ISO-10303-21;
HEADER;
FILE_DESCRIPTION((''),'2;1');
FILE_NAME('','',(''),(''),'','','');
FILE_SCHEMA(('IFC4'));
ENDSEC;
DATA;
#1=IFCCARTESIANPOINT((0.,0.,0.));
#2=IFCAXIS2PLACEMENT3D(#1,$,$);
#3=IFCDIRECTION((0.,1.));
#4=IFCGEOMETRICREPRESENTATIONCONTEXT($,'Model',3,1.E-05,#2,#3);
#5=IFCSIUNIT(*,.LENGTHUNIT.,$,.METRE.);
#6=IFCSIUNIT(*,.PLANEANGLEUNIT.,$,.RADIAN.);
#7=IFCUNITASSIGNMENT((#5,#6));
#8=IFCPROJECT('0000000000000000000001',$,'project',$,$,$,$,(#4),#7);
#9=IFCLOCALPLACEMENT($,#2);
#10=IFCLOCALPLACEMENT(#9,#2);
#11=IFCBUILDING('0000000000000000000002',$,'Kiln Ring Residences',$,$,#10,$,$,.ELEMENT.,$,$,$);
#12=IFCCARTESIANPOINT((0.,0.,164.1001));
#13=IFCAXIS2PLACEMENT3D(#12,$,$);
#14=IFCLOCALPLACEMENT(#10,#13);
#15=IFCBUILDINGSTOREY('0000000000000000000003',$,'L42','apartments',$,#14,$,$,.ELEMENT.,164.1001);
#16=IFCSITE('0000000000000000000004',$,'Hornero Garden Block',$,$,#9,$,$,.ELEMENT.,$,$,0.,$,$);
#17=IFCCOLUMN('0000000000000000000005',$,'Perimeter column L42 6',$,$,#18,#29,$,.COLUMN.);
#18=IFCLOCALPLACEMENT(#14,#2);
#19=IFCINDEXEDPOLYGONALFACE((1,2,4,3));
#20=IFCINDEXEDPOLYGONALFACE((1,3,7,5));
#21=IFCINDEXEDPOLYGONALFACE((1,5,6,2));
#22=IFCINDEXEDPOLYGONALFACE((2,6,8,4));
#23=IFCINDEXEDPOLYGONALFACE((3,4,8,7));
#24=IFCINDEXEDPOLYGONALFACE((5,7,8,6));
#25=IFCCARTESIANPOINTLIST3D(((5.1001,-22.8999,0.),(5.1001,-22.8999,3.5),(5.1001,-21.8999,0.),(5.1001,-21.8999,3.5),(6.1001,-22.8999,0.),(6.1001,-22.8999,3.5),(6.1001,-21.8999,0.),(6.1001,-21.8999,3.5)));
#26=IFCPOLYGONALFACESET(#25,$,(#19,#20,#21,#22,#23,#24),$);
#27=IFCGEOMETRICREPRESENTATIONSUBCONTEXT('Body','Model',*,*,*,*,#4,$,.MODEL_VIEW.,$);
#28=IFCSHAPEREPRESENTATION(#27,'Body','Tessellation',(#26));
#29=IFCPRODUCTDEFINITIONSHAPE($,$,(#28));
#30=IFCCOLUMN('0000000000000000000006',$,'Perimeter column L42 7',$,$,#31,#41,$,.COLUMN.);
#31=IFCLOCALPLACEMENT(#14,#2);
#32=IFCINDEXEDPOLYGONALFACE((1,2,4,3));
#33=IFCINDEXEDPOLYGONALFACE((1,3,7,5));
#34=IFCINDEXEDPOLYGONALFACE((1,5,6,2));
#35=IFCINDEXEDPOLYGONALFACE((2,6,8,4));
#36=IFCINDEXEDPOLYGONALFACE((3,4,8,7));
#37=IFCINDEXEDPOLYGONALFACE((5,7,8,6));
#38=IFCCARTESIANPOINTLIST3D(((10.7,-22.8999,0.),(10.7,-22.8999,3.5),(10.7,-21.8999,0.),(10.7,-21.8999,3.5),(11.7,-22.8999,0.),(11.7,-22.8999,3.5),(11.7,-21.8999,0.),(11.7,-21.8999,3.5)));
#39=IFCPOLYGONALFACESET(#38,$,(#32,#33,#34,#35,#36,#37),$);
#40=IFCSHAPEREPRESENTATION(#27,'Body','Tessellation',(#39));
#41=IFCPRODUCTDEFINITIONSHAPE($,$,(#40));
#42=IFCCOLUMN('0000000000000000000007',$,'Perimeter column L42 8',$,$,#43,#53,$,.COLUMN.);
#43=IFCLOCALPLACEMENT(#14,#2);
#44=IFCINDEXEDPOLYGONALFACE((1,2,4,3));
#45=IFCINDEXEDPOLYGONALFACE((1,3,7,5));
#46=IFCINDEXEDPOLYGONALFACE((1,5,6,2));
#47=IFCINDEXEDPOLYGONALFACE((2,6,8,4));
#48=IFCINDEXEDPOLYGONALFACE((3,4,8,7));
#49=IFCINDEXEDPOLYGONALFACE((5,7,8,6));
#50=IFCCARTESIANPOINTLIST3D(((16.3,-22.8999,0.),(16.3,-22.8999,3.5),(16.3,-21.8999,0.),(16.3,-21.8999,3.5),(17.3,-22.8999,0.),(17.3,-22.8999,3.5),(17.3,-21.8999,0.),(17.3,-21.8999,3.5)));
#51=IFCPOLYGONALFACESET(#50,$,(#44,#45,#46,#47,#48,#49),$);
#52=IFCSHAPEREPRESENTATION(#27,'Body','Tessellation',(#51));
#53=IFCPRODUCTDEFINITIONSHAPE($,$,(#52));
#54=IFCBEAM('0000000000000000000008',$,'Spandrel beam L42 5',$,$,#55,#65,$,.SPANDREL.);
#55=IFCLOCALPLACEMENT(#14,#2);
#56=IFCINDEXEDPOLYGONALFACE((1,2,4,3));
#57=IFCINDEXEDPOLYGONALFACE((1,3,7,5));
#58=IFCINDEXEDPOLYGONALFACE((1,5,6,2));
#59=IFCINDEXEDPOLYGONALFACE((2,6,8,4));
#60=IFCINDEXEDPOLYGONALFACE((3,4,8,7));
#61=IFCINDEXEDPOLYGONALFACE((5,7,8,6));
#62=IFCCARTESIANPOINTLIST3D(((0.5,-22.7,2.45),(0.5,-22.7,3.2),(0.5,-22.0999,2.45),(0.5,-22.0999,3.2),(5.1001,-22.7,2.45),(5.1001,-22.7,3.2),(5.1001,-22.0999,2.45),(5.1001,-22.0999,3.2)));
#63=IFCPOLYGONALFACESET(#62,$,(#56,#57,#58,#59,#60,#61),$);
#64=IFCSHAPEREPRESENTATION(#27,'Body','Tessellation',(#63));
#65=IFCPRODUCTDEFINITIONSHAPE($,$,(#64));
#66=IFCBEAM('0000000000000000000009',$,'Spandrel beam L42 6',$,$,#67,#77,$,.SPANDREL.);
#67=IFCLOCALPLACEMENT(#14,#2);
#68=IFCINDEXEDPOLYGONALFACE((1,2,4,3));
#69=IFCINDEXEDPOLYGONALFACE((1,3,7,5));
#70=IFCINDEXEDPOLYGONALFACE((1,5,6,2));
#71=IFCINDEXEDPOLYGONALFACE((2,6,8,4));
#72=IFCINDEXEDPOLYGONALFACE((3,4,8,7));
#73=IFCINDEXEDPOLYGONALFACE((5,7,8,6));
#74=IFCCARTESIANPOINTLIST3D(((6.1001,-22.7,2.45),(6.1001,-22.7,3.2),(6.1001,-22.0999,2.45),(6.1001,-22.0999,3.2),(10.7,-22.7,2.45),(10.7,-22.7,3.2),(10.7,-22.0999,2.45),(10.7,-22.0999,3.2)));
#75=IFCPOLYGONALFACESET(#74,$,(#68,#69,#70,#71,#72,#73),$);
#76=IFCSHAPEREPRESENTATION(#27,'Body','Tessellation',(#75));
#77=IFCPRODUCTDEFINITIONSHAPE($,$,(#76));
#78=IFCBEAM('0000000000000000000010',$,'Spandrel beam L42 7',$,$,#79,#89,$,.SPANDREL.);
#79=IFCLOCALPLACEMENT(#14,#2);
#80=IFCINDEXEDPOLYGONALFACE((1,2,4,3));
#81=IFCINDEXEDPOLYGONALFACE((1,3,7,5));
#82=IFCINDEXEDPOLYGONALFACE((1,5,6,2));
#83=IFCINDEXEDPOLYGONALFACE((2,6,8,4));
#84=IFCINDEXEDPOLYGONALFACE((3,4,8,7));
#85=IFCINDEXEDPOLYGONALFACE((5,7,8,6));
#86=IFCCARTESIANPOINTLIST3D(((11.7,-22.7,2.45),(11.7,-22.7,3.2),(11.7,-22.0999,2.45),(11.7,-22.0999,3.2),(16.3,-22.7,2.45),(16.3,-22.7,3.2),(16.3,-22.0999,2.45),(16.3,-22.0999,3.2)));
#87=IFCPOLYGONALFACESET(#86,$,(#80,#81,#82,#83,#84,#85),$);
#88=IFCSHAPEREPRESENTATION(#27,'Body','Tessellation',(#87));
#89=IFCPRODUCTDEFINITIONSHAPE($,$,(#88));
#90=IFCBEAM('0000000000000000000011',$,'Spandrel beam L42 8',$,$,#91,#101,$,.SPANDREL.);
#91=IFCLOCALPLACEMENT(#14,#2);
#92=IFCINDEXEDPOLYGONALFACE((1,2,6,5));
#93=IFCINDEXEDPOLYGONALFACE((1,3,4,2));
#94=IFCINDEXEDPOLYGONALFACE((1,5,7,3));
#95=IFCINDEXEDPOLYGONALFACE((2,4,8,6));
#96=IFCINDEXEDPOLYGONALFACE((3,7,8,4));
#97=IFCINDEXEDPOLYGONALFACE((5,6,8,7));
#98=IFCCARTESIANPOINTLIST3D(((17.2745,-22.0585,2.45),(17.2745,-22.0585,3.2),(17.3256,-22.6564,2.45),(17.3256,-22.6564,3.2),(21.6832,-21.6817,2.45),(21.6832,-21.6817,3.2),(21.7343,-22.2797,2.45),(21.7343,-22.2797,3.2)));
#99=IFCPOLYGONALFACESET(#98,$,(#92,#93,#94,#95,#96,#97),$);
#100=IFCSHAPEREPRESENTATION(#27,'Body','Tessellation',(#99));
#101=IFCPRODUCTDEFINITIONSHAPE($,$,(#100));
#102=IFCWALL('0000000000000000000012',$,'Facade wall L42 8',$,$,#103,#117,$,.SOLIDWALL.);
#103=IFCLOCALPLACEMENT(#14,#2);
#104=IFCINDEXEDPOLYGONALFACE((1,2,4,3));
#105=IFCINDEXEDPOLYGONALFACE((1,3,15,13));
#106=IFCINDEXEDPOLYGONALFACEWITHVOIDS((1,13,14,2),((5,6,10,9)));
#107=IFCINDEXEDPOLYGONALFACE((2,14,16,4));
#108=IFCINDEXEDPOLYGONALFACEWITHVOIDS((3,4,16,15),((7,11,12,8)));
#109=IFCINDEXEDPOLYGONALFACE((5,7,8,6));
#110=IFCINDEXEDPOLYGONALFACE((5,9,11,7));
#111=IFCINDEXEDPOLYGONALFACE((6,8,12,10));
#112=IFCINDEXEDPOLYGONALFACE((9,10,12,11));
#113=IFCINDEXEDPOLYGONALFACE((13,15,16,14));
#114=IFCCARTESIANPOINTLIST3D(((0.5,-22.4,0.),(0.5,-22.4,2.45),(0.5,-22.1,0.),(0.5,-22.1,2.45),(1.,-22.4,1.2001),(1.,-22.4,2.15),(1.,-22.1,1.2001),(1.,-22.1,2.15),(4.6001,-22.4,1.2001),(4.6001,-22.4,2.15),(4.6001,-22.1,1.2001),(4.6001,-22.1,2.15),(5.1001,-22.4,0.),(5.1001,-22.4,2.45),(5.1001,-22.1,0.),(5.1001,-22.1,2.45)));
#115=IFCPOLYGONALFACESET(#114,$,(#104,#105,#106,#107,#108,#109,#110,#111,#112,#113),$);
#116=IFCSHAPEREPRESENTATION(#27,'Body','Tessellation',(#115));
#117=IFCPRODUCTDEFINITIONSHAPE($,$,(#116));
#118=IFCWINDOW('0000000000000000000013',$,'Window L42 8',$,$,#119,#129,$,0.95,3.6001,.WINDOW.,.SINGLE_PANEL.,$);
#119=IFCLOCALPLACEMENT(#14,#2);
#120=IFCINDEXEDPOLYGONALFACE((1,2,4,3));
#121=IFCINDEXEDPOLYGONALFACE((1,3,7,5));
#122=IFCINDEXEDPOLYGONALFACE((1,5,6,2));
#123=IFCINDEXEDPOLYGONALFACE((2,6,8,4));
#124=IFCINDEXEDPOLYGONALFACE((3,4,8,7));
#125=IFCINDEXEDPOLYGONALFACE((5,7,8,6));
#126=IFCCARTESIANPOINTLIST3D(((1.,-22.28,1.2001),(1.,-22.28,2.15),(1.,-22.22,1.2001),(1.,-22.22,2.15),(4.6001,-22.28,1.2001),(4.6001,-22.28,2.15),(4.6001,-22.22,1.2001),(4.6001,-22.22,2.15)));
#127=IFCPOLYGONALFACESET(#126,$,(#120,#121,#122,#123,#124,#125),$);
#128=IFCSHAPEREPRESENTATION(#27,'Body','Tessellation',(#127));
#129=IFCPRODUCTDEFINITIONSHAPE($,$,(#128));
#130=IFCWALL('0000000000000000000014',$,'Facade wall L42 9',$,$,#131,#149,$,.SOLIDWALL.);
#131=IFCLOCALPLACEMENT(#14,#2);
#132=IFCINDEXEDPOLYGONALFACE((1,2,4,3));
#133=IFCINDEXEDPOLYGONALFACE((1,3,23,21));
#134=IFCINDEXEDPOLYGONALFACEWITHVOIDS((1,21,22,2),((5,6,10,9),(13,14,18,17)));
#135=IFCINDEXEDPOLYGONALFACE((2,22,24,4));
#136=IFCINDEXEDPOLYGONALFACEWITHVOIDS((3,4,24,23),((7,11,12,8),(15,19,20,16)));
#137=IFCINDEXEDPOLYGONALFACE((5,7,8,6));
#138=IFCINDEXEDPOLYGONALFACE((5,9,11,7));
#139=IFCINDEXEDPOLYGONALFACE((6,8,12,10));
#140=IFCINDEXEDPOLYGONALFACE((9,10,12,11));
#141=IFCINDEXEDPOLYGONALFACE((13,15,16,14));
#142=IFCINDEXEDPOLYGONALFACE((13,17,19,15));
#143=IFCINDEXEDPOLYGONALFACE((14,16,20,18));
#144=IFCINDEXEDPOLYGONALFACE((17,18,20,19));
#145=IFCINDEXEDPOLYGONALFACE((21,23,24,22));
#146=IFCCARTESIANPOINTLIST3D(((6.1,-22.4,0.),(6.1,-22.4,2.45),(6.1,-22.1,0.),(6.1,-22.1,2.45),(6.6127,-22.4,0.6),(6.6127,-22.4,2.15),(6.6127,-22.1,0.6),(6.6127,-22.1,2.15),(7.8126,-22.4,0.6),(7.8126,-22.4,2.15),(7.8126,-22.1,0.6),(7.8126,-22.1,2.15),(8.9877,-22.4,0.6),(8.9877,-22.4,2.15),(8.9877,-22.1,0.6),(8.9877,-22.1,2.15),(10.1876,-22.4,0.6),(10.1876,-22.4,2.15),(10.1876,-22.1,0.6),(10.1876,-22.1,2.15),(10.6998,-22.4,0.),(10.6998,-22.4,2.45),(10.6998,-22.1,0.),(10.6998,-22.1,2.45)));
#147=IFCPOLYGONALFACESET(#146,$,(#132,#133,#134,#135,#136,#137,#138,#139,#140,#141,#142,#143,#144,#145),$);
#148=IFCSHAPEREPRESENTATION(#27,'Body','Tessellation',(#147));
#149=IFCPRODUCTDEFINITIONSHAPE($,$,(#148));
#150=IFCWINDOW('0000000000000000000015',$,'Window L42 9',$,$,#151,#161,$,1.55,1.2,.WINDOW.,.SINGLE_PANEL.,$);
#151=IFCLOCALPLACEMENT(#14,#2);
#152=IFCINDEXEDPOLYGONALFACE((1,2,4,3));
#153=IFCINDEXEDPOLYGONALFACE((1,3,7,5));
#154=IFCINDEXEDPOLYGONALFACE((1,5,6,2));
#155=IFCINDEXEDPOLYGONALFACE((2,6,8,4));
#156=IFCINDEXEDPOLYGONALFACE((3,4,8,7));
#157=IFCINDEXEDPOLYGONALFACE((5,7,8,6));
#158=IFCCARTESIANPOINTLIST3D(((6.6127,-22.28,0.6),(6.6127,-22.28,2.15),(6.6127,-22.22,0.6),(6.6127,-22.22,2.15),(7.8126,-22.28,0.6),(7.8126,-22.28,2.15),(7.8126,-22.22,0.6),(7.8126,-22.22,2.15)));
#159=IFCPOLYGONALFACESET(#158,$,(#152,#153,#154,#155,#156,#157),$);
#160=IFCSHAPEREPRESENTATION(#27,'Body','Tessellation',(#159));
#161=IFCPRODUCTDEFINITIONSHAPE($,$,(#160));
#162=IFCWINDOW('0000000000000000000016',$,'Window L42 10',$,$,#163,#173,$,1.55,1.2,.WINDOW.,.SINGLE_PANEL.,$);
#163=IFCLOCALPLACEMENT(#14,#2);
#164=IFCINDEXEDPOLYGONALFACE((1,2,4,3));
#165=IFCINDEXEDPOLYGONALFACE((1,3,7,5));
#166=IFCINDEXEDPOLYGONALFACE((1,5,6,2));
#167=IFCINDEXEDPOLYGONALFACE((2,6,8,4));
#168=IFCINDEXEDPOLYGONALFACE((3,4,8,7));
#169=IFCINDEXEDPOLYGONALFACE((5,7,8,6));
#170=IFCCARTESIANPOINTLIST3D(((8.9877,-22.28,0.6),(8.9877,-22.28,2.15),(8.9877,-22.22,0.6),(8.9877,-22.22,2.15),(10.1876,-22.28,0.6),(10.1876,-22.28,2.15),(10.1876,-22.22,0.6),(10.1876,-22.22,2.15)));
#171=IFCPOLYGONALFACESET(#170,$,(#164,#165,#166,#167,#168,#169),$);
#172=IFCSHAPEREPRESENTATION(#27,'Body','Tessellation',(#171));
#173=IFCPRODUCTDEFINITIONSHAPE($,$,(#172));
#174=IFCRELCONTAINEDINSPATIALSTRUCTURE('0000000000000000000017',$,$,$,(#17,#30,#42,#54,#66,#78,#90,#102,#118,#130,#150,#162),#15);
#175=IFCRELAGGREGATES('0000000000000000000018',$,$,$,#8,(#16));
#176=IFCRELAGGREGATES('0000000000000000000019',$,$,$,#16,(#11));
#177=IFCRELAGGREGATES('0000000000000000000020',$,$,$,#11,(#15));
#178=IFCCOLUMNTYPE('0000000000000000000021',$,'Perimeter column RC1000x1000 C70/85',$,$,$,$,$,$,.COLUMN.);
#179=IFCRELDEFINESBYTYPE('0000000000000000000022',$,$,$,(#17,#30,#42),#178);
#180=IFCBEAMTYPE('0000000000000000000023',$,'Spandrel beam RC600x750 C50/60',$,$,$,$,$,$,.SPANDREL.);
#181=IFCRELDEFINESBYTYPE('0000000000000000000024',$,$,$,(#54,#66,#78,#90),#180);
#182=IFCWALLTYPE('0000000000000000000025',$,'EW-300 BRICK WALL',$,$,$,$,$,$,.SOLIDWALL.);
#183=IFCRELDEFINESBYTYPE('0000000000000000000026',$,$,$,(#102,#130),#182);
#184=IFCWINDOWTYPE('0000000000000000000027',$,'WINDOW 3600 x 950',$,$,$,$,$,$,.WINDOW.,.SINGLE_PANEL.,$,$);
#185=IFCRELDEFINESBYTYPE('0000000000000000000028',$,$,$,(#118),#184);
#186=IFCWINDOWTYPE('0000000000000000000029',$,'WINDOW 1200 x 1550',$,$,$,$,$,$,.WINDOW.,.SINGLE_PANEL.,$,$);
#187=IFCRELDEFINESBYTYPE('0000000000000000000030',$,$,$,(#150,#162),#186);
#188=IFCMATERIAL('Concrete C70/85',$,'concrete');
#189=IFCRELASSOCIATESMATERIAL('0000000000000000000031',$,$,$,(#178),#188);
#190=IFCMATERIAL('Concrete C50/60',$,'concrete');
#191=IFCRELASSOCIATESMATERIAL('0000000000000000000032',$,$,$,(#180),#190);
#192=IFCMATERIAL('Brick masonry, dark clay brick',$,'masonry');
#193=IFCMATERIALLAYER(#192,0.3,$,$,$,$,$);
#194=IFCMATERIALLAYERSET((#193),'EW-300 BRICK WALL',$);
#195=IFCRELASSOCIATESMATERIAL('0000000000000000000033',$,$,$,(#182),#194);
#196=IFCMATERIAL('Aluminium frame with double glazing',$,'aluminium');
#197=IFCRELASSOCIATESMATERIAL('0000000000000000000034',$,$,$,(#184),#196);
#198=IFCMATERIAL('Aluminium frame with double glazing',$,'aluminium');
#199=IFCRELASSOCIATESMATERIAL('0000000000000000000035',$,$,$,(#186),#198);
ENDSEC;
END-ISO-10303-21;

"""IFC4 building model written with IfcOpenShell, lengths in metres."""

from ifc_helpers import new_model, si_unit, direction, frame, frame_2d, origin, origin_2d, place, context, subcontext, project, spatial, rectangle, extrude, material, layer, layer_set, material_profile, profile_set, type_object, element, fill, save


model = new_model("IFC4")

# Units and contexts
model_context = context("Model", 3, precision=1e-05, world=origin(), true_north=direction((0.0, 1.0)))
body_context = subcontext(model_context, "Body", "Model", "MODEL_VIEW")
ifc_project = project(units=[si_unit("LENGTHUNIT", "METRE"), si_unit("PLANEANGLEUNIT", "RADIAN")], contexts=[model_context])

# Site, building, storey
site_placement = place(None, origin())
site = spatial("IfcSite", under=ifc_project, at=site_placement, Name="Hornero Garden Block", CompositionType="ELEMENT", RefElevation=0.0)
building_placement = place(site_placement, origin())
building = spatial("IfcBuilding", under=site, at=building_placement, Name="Kiln Ring Residences", CompositionType="ELEMENT")
storey_placement = place(building_placement, frame((0.0, 0.0, 164.1001)))
storey = spatial("IfcBuildingStorey", under=building, at=storey_placement, Name="L42", Description="apartments", CompositionType="ELEMENT", Elevation=164.1001)

# Columns
ifc_material_1 = material(Name="Concrete C70/85", Category="concrete")
ifc_material_profile_1 = material_profile(ifc_material_1, rectangle(XDim=1.0, YDim=1.0, at=origin_2d()), Name="RC1000x1000")
ifc_profile_set_1 = profile_set([ifc_material_profile_1], Name="Concrete C70/85")
column_type = type_object("IfcColumnType", Name="Perimeter column RC1000x1000 C70/85", PredefinedType="COLUMN", material=ifc_profile_set_1)
for number, where, z_axis, x_axis, name in (
    (1, (5.6001, -22.3999, 0.0), (0.0, 0.0, 1.0), (1.0, 0.0, 0.0), "Perimeter column L42 6"),
    (2, (11.2, -22.3999, 0.0), (0.0, 0.0, 1.0), (1.0, 0.0, 0.0), "Perimeter column L42 7"),
    (3, (16.8, -22.3999, 0.0), (0.0, 0.0, 1.0), (1.0, 0.0, 0.0), "Perimeter column L42 8"),
):
    element("IfcColumn", number, at=place(storey_placement, frame(where, z_axis=z_axis, x_axis=x_axis)), inside=storey, type_object=column_type, Name=name, PredefinedType="COLUMN", context=body_context, shape_type="SweptSolid", body=[
        extrude(rectangle(XDim=1.0, YDim=1.0, at=origin_2d()), origin(), (0.0, 0.0, 1.0), 3.5),
    ])

# Beams
ifc_material_2 = material(Name="Concrete C50/60", Category="concrete")
ifc_material_profile_2 = material_profile(ifc_material_2, rectangle(XDim=0.6001, YDim=0.75, at=origin_2d()), Name="RC600x750")
ifc_profile_set_2 = profile_set([ifc_material_profile_2], Name="Concrete C50/60")
beam_type = type_object("IfcBeamType", Name="Spandrel beam RC600x750 C50/60", PredefinedType="SPANDREL", material=ifc_profile_set_2)
beam_1_placement = place(storey_placement, frame((0.5, -22.3999, 2.825), z_axis=(1.0, 0.0, 0.0), x_axis=(0.0, 1.0, 0.0)))
element("IfcBeam", 4, at=beam_1_placement, inside=storey, type_object=beam_type, Name="Spandrel beam L42 5", PredefinedType="SPANDREL", context=body_context, shape_type="SweptSolid", body=[
    extrude(rectangle(XDim=0.6001, YDim=0.75, at=origin_2d()), origin(), (0.0, 0.0, 1.0), 4.6001),
])
beam_2_placement = place(storey_placement, frame((6.1001, -22.3999, 2.825), z_axis=(1.0, 0.0, 0.0), x_axis=(0.0, 1.0, 0.0)))
element("IfcBeam", 5, at=beam_2_placement, inside=storey, type_object=beam_type, Name="Spandrel beam L42 6", PredefinedType="SPANDREL", context=body_context, shape_type="SweptSolid", body=[
    extrude(rectangle(XDim=0.6001, YDim=0.75, at=origin_2d()), origin(), (0.0, 0.0, 1.0), 4.5999),
])
beam_3_placement = place(storey_placement, frame((11.7, -22.3999, 2.825), z_axis=(1.0, 0.0, 0.0), x_axis=(0.0, 1.0, 0.0)))
element("IfcBeam", 6, at=beam_3_placement, inside=storey, type_object=beam_type, Name="Spandrel beam L42 7", PredefinedType="SPANDREL", context=body_context, shape_type="SweptSolid", body=[
    extrude(rectangle(XDim=0.6001, YDim=0.75, at=origin_2d()), origin(), (0.0, 0.0, 1.0), 4.6001),
])
beam_4_placement = place(storey_placement, frame((17.3, -22.3574, 2.825), z_axis=(0.996369, 0.085137, 0.0), x_axis=(-0.085137, 0.996369, 0.0)))
element("IfcBeam", 7, at=beam_4_placement, inside=storey, type_object=beam_type, Name="Spandrel beam L42 8", PredefinedType="SPANDREL", context=body_context, shape_type="SweptSolid", body=[
    extrude(rectangle(XDim=0.6001, YDim=0.75, at=origin_2d()), origin(), (0.0, 0.0, 1.0), 4.4248),
])

# Wall, opening, window
ifc_material_3 = material(Name="Brick masonry, dark clay brick", Category="masonry")
ifc_layer_1 = layer(ifc_material_3, 0.3)
ifc_layer_set_1 = layer_set([ifc_layer_1], Name="EW-300 BRICK WALL")
wall_type_1 = type_object("IfcWallType", Name="EW-300 BRICK WALL", PredefinedType="SOLIDWALL", material=ifc_layer_set_1)
wall_1_placement = place(storey_placement, frame((0.5, -22.25, 0.0), z_axis=(0.0, 0.0, 1.0), x_axis=(1.0, 0.0, 0.0)))
wall_1 = element("IfcWall", 8, at=wall_1_placement, inside=storey, type_object=wall_type_1, Name="Facade wall L42 8", PredefinedType="SOLIDWALL", context=body_context, shape_type="SweptSolid", body=[
    extrude(rectangle(XDim=4.6001, YDim=0.3, at=frame_2d((2.3, 0.0))), origin(), (0.0, 0.0, 1.0), 2.45),
])
opening_1_placement = place(wall_1_placement, frame((0.5, 0.0, 1.2)))
opening_1 = element("IfcOpeningElement", 9, at=opening_1_placement, cuts=wall_1, PredefinedType="OPENING", context=body_context, shape_type="SweptSolid", body=[
    extrude(rectangle(XDim=3.6001, YDim=0.95, at=frame_2d((1.8, 0.4751))), frame((0.0, 0.1599, 0.0), z_axis=(0.0, -1.0, 0.0), x_axis=(1.0, 0.0, 0.0)), (0.0, 0.0, 1.0), 0.3201),
])
ifc_material_4 = material(Name="Aluminium frame with double glazing", Category="aluminium")
window_type_1 = type_object("IfcWindowType", Name="WINDOW 3600 x 950", PartitioningType="SINGLE_PANEL", PredefinedType="WINDOW", material=ifc_material_4)
window_1_placement = place(opening_1_placement, origin())
window_1 = element("IfcWindow", 10, at=window_1_placement, inside=storey, type_object=window_type_1, Name="Window L42 8", OverallHeight=0.95, OverallWidth=3.6001, PartitioningType="SINGLE_PANEL", PredefinedType="WINDOW", context=body_context, shape_type="SweptSolid", body=[
    extrude(rectangle(XDim=3.6001, YDim=0.95, at=frame_2d((1.8, 0.4751))), frame((0.0, 0.03, 0.0), z_axis=(0.0, -1.0, 0.0), x_axis=(1.0, 0.0, 0.0)), (0.0, 0.0, 1.0), 0.0601),
])
fill(opening_1, window_1)

# Wall, openings, windows
wall_2_placement = place(storey_placement, frame((6.1001, -22.25, 0.0), z_axis=(0.0, 0.0, 1.0), x_axis=(1.0, 0.0, 0.0)))
wall_2 = element("IfcWall", 11, at=wall_2_placement, inside=storey, type_object=wall_type_1, Name="Facade wall L42 9", PredefinedType="SOLIDWALL", context=body_context, shape_type="SweptSolid", body=[
    extrude(rectangle(XDim=4.5999, YDim=0.3, at=frame_2d((2.2998, 0.0))), origin(), (0.0, 0.0, 1.0), 2.45),
])
opening_2_placement = place(wall_2_placement, frame((0.5125, 0.0, 0.6001)))
opening_2 = element("IfcOpeningElement", 12, at=opening_2_placement, cuts=wall_2, PredefinedType="OPENING", context=body_context, shape_type="SweptSolid", body=[
    extrude(rectangle(XDim=1.2, YDim=1.55, at=frame_2d((0.6001, 0.7749))), frame((0.0, 0.1599, 0.0), z_axis=(0.0, -1.0, 0.0), x_axis=(1.0, 0.0, 0.0)), (0.0, 0.0, 1.0), 0.3201),
])
opening_3_placement = place(wall_2_placement, frame((2.8875, 0.0, 0.6001)))
opening_3 = element("IfcOpeningElement", 13, at=opening_3_placement, cuts=wall_2, PredefinedType="OPENING", context=body_context, shape_type="SweptSolid", body=[
    extrude(rectangle(XDim=1.2, YDim=1.55, at=frame_2d((0.6001, 0.7749))), frame((0.0, 0.1599, 0.0), z_axis=(0.0, -1.0, 0.0), x_axis=(1.0, 0.0, 0.0)), (0.0, 0.0, 1.0), 0.3201),
])
ifc_material_5 = material(Name="Aluminium frame with double glazing", Category="aluminium")
window_type_2 = type_object("IfcWindowType", Name="WINDOW 1200 x 1550", PartitioningType="SINGLE_PANEL", PredefinedType="WINDOW", material=ifc_material_5)
window_2_placement = place(opening_2_placement, origin())
window_2 = element("IfcWindow", 14, at=window_2_placement, inside=storey, type_object=window_type_2, Name="Window L42 9", OverallHeight=1.55, OverallWidth=1.2, PartitioningType="SINGLE_PANEL", PredefinedType="WINDOW", context=body_context, shape_type="SweptSolid", body=[
    extrude(rectangle(XDim=1.2, YDim=1.55, at=frame_2d((0.6001, 0.7749))), frame((0.0, 0.03, 0.0), z_axis=(0.0, -1.0, 0.0), x_axis=(1.0, 0.0, 0.0)), (0.0, 0.0, 1.0), 0.0601),
])
fill(opening_2, window_2)
window_3_placement = place(opening_3_placement, origin())
window_3 = element("IfcWindow", 15, at=window_3_placement, inside=storey, type_object=window_type_2, Name="Window L42 10", OverallHeight=1.55, OverallWidth=1.2, PartitioningType="SINGLE_PANEL", PredefinedType="WINDOW", context=body_context, shape_type="SweptSolid", body=[
    extrude(rectangle(XDim=1.2, YDim=1.55, at=frame_2d((0.6001, 0.7749))), frame((0.0, 0.03, 0.0), z_axis=(0.0, -1.0, 0.0), x_axis=(1.0, 0.0, 0.0)), (0.0, 0.0, 1.0), 0.0601),
])
fill(opening_3, window_3)

save(model, "model.ifc")
